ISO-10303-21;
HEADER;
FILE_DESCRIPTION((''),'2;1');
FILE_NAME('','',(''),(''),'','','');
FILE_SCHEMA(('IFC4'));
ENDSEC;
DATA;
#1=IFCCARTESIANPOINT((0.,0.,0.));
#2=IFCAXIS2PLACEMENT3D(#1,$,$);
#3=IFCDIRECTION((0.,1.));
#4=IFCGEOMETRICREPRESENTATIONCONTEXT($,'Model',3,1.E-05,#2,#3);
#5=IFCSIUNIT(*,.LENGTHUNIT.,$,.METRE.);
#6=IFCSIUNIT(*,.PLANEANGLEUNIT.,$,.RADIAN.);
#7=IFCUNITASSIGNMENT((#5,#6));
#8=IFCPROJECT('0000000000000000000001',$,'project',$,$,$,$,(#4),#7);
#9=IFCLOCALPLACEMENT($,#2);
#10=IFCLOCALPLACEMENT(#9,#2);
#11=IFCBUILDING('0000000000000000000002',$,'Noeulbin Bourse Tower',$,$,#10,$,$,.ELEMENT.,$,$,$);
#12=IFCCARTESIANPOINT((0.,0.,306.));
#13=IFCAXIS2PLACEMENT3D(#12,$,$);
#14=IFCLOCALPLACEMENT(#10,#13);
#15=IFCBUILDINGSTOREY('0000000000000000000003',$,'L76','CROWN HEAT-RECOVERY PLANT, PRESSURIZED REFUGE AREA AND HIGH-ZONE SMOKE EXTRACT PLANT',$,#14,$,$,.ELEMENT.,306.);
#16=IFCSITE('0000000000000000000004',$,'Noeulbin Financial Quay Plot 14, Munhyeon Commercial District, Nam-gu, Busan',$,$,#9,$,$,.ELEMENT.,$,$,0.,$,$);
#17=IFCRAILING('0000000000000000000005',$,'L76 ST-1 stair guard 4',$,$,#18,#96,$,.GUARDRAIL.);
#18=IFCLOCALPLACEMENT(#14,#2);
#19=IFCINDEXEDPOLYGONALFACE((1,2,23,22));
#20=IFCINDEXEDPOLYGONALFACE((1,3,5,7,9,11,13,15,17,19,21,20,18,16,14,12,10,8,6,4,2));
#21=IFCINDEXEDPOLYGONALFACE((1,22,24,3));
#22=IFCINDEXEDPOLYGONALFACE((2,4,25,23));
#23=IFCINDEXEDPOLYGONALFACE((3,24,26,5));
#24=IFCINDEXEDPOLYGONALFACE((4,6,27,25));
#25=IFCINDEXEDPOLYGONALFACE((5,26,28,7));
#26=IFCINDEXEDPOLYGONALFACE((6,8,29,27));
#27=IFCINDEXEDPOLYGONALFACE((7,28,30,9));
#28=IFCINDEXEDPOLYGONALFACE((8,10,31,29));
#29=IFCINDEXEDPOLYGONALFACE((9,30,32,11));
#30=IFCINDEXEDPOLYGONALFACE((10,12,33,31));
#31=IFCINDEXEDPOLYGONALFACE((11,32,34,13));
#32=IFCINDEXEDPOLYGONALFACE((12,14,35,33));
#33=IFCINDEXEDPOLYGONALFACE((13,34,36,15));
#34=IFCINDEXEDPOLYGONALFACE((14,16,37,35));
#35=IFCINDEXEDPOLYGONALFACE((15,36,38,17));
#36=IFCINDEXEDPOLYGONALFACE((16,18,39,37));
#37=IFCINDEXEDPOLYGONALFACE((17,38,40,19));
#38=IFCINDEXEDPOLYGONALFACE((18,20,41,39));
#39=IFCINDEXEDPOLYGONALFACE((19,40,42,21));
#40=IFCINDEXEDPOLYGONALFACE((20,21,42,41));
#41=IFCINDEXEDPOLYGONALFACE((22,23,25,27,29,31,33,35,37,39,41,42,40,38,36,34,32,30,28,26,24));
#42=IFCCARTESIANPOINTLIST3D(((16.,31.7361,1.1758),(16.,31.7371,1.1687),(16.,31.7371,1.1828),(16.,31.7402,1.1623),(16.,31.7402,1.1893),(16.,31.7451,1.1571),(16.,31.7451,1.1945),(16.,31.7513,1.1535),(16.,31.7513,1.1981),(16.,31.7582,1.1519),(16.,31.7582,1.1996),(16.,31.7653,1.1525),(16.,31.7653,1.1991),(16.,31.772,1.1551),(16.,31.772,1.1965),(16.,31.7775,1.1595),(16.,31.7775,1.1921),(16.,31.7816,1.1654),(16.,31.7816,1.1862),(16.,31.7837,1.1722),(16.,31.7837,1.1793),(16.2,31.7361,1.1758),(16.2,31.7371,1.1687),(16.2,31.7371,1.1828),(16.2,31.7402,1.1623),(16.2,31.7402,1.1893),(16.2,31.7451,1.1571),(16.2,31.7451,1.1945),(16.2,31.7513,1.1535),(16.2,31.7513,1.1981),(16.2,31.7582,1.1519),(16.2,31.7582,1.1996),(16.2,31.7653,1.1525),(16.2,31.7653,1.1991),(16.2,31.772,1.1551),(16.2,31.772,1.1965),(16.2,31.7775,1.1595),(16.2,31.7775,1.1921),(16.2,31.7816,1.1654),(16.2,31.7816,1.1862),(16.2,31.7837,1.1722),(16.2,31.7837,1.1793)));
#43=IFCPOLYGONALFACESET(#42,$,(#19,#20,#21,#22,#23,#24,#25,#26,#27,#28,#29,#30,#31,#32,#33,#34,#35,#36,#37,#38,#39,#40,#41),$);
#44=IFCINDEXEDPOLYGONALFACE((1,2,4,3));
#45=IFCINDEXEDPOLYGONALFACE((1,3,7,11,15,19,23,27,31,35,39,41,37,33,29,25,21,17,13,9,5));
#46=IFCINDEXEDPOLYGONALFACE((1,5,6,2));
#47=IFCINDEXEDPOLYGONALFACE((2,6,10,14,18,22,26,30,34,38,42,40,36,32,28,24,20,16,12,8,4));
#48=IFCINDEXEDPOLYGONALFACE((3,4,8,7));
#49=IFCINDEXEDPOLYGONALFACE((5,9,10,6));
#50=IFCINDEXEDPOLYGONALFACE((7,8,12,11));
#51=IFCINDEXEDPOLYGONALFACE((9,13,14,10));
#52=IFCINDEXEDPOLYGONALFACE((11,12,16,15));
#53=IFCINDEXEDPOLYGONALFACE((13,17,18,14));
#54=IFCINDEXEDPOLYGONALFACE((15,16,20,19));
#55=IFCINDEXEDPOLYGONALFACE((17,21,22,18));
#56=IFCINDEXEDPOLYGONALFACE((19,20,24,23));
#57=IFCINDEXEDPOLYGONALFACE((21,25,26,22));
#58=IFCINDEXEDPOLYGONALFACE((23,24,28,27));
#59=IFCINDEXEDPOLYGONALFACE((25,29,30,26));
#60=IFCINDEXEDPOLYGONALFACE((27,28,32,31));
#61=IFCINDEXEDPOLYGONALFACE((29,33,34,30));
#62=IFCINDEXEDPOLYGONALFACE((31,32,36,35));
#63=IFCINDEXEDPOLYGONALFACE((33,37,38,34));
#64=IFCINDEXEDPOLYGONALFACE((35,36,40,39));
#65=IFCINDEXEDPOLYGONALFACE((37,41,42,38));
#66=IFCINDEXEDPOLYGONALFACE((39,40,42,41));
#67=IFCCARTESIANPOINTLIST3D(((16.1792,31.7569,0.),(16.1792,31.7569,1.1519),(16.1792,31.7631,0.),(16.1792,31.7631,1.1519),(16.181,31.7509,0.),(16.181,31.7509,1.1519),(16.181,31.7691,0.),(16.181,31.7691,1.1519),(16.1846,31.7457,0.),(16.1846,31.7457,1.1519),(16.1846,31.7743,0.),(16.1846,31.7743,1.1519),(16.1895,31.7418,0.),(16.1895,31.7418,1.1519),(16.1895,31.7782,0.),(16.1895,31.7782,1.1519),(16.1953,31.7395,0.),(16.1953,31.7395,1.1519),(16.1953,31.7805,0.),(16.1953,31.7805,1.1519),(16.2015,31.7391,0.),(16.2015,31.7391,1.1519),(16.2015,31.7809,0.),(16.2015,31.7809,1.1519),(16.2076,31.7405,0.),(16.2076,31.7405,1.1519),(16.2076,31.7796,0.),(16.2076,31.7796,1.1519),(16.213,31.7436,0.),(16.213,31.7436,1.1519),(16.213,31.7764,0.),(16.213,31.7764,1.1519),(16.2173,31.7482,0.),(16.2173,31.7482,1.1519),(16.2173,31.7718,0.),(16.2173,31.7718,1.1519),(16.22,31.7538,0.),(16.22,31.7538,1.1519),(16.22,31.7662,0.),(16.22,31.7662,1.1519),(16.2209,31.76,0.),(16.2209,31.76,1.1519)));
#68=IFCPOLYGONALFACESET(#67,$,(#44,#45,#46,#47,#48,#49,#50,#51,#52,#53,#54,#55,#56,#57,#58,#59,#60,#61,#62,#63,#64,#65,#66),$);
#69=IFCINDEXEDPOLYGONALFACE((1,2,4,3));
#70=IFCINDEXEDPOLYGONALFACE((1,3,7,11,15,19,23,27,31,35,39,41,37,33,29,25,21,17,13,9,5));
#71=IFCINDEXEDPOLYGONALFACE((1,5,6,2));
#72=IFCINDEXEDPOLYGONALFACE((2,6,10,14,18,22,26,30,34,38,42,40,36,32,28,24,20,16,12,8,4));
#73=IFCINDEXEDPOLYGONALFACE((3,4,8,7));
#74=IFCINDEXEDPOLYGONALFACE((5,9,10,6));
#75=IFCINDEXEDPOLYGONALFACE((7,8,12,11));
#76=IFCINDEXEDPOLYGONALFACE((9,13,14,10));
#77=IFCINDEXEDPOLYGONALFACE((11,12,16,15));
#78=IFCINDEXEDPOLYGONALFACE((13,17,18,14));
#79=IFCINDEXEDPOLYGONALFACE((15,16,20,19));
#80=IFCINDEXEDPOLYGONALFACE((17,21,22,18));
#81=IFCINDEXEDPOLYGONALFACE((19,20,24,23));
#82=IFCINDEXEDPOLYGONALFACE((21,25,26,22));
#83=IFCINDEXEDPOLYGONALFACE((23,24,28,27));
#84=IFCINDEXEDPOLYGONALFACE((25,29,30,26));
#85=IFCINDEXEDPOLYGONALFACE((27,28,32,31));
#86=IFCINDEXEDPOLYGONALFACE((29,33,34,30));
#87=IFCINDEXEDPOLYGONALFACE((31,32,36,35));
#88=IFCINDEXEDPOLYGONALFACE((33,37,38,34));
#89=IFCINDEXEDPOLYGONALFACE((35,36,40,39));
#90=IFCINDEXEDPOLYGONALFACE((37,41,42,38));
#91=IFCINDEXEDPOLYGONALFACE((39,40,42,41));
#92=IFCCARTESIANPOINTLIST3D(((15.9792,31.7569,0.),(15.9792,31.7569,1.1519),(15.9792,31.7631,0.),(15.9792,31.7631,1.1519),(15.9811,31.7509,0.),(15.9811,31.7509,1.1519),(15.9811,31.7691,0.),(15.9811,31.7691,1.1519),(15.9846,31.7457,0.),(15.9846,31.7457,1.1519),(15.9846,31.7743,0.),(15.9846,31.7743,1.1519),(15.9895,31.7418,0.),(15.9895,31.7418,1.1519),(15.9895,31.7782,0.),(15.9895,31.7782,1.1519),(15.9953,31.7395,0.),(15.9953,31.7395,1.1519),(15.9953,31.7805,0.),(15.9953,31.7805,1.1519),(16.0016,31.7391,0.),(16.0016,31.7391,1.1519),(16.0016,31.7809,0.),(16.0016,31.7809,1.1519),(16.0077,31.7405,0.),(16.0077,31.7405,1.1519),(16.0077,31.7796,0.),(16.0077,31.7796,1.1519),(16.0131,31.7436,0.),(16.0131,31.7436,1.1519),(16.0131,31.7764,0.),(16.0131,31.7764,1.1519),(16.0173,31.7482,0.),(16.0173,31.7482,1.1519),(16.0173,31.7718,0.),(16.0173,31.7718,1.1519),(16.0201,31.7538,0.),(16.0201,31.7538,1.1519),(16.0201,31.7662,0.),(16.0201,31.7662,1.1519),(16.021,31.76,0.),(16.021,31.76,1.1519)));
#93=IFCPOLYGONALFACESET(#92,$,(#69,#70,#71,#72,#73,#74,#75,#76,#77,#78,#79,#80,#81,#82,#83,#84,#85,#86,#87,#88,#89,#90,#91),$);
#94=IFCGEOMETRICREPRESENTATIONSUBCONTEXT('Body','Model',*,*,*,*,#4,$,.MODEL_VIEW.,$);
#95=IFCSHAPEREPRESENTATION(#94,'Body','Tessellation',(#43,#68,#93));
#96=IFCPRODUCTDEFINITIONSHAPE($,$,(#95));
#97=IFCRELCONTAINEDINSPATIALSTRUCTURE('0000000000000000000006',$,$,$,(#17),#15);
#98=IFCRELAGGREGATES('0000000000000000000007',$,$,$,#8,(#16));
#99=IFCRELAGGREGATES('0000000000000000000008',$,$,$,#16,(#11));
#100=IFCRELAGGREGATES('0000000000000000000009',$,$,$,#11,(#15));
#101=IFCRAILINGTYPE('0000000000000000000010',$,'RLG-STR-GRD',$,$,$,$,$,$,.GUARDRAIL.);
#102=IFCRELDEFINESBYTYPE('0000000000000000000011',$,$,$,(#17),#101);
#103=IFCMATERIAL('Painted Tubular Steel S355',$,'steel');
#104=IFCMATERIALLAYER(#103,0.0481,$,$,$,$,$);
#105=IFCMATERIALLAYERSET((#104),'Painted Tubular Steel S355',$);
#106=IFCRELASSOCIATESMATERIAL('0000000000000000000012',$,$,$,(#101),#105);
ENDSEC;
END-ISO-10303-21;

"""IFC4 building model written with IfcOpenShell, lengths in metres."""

from ifc_helpers import new_model, si_unit, direction, frame, origin, origin_2d, place, context, subcontext, project, spatial, circle, extrude, material, layer, layer_set, type_object, element, save


model = new_model("IFC4")

# Units and contexts
model_context = context("Model", 3, precision=1e-05, world=origin(), true_north=direction((0.0, 1.0)))
body_context = subcontext(model_context, "Body", "Model", "MODEL_VIEW")
ifc_project = project(units=[si_unit("LENGTHUNIT", "METRE"), si_unit("PLANEANGLEUNIT", "RADIAN")], contexts=[model_context])

# Site, building, storey
site_placement = place(None, origin())
site = spatial("IfcSite", under=ifc_project, at=site_placement, Name="Noeulbin Financial Quay Plot 14, Munhyeon Commercial District, Nam-gu, Busan", CompositionType="ELEMENT", RefElevation=0.0)
building_placement = place(site_placement, origin())
building = spatial("IfcBuilding", under=site, at=building_placement, Name="Noeulbin Bourse Tower", CompositionType="ELEMENT")
storey_placement = place(building_placement, frame((0.0, 0.0, 306.0)))
storey = spatial("IfcBuildingStorey", under=building, at=storey_placement, Name="L76", Description="CROWN HEAT-RECOVERY PLANT, PRESSURIZED REFUGE AREA AND HIGH-ZONE SMOKE EXTRACT PLANT", CompositionType="ELEMENT", Elevation=306.0)

# Railing
ifc_material_1 = material(Name="Painted Tubular Steel S355", Category="steel")
ifc_layer_1 = layer(ifc_material_1, 0.0481)
ifc_layer_set_1 = layer_set([ifc_layer_1], Name="Painted Tubular Steel S355")
railing_type_1 = type_object("IfcRailingType", Name="RLG-STR-GRD", PredefinedType="GUARDRAIL", material=ifc_layer_set_1)
railing_1_placement = place(storey_placement, frame((16.2, 31.76, 0.0)))
element("IfcRailing", 1, at=railing_1_placement, inside=storey, type_object=railing_type_1, Name="L76 ST-1 stair guard 4", PredefinedType="GUARDRAIL", context=body_context, shape_type="SweptSolid", body=[
    extrude(circle(Radius=0.0239, at=origin_2d()), frame((0.0, 0.0, 1.1758), z_axis=(-1.0, 0.0, 0.0), x_axis=(0.0, -1.0, 0.0)), (0.0, 0.0, 1.0), 0.2),
    extrude(circle(Radius=0.021, at=origin_2d()), origin(), (0.0, 0.0, 1.0), 1.1519),
    extrude(circle(Radius=0.021, at=origin_2d()), frame((-0.2, 0.0, 0.0)), (0.0, 0.0, 1.0), 1.1519),
])

save(model, "model.ifc")
